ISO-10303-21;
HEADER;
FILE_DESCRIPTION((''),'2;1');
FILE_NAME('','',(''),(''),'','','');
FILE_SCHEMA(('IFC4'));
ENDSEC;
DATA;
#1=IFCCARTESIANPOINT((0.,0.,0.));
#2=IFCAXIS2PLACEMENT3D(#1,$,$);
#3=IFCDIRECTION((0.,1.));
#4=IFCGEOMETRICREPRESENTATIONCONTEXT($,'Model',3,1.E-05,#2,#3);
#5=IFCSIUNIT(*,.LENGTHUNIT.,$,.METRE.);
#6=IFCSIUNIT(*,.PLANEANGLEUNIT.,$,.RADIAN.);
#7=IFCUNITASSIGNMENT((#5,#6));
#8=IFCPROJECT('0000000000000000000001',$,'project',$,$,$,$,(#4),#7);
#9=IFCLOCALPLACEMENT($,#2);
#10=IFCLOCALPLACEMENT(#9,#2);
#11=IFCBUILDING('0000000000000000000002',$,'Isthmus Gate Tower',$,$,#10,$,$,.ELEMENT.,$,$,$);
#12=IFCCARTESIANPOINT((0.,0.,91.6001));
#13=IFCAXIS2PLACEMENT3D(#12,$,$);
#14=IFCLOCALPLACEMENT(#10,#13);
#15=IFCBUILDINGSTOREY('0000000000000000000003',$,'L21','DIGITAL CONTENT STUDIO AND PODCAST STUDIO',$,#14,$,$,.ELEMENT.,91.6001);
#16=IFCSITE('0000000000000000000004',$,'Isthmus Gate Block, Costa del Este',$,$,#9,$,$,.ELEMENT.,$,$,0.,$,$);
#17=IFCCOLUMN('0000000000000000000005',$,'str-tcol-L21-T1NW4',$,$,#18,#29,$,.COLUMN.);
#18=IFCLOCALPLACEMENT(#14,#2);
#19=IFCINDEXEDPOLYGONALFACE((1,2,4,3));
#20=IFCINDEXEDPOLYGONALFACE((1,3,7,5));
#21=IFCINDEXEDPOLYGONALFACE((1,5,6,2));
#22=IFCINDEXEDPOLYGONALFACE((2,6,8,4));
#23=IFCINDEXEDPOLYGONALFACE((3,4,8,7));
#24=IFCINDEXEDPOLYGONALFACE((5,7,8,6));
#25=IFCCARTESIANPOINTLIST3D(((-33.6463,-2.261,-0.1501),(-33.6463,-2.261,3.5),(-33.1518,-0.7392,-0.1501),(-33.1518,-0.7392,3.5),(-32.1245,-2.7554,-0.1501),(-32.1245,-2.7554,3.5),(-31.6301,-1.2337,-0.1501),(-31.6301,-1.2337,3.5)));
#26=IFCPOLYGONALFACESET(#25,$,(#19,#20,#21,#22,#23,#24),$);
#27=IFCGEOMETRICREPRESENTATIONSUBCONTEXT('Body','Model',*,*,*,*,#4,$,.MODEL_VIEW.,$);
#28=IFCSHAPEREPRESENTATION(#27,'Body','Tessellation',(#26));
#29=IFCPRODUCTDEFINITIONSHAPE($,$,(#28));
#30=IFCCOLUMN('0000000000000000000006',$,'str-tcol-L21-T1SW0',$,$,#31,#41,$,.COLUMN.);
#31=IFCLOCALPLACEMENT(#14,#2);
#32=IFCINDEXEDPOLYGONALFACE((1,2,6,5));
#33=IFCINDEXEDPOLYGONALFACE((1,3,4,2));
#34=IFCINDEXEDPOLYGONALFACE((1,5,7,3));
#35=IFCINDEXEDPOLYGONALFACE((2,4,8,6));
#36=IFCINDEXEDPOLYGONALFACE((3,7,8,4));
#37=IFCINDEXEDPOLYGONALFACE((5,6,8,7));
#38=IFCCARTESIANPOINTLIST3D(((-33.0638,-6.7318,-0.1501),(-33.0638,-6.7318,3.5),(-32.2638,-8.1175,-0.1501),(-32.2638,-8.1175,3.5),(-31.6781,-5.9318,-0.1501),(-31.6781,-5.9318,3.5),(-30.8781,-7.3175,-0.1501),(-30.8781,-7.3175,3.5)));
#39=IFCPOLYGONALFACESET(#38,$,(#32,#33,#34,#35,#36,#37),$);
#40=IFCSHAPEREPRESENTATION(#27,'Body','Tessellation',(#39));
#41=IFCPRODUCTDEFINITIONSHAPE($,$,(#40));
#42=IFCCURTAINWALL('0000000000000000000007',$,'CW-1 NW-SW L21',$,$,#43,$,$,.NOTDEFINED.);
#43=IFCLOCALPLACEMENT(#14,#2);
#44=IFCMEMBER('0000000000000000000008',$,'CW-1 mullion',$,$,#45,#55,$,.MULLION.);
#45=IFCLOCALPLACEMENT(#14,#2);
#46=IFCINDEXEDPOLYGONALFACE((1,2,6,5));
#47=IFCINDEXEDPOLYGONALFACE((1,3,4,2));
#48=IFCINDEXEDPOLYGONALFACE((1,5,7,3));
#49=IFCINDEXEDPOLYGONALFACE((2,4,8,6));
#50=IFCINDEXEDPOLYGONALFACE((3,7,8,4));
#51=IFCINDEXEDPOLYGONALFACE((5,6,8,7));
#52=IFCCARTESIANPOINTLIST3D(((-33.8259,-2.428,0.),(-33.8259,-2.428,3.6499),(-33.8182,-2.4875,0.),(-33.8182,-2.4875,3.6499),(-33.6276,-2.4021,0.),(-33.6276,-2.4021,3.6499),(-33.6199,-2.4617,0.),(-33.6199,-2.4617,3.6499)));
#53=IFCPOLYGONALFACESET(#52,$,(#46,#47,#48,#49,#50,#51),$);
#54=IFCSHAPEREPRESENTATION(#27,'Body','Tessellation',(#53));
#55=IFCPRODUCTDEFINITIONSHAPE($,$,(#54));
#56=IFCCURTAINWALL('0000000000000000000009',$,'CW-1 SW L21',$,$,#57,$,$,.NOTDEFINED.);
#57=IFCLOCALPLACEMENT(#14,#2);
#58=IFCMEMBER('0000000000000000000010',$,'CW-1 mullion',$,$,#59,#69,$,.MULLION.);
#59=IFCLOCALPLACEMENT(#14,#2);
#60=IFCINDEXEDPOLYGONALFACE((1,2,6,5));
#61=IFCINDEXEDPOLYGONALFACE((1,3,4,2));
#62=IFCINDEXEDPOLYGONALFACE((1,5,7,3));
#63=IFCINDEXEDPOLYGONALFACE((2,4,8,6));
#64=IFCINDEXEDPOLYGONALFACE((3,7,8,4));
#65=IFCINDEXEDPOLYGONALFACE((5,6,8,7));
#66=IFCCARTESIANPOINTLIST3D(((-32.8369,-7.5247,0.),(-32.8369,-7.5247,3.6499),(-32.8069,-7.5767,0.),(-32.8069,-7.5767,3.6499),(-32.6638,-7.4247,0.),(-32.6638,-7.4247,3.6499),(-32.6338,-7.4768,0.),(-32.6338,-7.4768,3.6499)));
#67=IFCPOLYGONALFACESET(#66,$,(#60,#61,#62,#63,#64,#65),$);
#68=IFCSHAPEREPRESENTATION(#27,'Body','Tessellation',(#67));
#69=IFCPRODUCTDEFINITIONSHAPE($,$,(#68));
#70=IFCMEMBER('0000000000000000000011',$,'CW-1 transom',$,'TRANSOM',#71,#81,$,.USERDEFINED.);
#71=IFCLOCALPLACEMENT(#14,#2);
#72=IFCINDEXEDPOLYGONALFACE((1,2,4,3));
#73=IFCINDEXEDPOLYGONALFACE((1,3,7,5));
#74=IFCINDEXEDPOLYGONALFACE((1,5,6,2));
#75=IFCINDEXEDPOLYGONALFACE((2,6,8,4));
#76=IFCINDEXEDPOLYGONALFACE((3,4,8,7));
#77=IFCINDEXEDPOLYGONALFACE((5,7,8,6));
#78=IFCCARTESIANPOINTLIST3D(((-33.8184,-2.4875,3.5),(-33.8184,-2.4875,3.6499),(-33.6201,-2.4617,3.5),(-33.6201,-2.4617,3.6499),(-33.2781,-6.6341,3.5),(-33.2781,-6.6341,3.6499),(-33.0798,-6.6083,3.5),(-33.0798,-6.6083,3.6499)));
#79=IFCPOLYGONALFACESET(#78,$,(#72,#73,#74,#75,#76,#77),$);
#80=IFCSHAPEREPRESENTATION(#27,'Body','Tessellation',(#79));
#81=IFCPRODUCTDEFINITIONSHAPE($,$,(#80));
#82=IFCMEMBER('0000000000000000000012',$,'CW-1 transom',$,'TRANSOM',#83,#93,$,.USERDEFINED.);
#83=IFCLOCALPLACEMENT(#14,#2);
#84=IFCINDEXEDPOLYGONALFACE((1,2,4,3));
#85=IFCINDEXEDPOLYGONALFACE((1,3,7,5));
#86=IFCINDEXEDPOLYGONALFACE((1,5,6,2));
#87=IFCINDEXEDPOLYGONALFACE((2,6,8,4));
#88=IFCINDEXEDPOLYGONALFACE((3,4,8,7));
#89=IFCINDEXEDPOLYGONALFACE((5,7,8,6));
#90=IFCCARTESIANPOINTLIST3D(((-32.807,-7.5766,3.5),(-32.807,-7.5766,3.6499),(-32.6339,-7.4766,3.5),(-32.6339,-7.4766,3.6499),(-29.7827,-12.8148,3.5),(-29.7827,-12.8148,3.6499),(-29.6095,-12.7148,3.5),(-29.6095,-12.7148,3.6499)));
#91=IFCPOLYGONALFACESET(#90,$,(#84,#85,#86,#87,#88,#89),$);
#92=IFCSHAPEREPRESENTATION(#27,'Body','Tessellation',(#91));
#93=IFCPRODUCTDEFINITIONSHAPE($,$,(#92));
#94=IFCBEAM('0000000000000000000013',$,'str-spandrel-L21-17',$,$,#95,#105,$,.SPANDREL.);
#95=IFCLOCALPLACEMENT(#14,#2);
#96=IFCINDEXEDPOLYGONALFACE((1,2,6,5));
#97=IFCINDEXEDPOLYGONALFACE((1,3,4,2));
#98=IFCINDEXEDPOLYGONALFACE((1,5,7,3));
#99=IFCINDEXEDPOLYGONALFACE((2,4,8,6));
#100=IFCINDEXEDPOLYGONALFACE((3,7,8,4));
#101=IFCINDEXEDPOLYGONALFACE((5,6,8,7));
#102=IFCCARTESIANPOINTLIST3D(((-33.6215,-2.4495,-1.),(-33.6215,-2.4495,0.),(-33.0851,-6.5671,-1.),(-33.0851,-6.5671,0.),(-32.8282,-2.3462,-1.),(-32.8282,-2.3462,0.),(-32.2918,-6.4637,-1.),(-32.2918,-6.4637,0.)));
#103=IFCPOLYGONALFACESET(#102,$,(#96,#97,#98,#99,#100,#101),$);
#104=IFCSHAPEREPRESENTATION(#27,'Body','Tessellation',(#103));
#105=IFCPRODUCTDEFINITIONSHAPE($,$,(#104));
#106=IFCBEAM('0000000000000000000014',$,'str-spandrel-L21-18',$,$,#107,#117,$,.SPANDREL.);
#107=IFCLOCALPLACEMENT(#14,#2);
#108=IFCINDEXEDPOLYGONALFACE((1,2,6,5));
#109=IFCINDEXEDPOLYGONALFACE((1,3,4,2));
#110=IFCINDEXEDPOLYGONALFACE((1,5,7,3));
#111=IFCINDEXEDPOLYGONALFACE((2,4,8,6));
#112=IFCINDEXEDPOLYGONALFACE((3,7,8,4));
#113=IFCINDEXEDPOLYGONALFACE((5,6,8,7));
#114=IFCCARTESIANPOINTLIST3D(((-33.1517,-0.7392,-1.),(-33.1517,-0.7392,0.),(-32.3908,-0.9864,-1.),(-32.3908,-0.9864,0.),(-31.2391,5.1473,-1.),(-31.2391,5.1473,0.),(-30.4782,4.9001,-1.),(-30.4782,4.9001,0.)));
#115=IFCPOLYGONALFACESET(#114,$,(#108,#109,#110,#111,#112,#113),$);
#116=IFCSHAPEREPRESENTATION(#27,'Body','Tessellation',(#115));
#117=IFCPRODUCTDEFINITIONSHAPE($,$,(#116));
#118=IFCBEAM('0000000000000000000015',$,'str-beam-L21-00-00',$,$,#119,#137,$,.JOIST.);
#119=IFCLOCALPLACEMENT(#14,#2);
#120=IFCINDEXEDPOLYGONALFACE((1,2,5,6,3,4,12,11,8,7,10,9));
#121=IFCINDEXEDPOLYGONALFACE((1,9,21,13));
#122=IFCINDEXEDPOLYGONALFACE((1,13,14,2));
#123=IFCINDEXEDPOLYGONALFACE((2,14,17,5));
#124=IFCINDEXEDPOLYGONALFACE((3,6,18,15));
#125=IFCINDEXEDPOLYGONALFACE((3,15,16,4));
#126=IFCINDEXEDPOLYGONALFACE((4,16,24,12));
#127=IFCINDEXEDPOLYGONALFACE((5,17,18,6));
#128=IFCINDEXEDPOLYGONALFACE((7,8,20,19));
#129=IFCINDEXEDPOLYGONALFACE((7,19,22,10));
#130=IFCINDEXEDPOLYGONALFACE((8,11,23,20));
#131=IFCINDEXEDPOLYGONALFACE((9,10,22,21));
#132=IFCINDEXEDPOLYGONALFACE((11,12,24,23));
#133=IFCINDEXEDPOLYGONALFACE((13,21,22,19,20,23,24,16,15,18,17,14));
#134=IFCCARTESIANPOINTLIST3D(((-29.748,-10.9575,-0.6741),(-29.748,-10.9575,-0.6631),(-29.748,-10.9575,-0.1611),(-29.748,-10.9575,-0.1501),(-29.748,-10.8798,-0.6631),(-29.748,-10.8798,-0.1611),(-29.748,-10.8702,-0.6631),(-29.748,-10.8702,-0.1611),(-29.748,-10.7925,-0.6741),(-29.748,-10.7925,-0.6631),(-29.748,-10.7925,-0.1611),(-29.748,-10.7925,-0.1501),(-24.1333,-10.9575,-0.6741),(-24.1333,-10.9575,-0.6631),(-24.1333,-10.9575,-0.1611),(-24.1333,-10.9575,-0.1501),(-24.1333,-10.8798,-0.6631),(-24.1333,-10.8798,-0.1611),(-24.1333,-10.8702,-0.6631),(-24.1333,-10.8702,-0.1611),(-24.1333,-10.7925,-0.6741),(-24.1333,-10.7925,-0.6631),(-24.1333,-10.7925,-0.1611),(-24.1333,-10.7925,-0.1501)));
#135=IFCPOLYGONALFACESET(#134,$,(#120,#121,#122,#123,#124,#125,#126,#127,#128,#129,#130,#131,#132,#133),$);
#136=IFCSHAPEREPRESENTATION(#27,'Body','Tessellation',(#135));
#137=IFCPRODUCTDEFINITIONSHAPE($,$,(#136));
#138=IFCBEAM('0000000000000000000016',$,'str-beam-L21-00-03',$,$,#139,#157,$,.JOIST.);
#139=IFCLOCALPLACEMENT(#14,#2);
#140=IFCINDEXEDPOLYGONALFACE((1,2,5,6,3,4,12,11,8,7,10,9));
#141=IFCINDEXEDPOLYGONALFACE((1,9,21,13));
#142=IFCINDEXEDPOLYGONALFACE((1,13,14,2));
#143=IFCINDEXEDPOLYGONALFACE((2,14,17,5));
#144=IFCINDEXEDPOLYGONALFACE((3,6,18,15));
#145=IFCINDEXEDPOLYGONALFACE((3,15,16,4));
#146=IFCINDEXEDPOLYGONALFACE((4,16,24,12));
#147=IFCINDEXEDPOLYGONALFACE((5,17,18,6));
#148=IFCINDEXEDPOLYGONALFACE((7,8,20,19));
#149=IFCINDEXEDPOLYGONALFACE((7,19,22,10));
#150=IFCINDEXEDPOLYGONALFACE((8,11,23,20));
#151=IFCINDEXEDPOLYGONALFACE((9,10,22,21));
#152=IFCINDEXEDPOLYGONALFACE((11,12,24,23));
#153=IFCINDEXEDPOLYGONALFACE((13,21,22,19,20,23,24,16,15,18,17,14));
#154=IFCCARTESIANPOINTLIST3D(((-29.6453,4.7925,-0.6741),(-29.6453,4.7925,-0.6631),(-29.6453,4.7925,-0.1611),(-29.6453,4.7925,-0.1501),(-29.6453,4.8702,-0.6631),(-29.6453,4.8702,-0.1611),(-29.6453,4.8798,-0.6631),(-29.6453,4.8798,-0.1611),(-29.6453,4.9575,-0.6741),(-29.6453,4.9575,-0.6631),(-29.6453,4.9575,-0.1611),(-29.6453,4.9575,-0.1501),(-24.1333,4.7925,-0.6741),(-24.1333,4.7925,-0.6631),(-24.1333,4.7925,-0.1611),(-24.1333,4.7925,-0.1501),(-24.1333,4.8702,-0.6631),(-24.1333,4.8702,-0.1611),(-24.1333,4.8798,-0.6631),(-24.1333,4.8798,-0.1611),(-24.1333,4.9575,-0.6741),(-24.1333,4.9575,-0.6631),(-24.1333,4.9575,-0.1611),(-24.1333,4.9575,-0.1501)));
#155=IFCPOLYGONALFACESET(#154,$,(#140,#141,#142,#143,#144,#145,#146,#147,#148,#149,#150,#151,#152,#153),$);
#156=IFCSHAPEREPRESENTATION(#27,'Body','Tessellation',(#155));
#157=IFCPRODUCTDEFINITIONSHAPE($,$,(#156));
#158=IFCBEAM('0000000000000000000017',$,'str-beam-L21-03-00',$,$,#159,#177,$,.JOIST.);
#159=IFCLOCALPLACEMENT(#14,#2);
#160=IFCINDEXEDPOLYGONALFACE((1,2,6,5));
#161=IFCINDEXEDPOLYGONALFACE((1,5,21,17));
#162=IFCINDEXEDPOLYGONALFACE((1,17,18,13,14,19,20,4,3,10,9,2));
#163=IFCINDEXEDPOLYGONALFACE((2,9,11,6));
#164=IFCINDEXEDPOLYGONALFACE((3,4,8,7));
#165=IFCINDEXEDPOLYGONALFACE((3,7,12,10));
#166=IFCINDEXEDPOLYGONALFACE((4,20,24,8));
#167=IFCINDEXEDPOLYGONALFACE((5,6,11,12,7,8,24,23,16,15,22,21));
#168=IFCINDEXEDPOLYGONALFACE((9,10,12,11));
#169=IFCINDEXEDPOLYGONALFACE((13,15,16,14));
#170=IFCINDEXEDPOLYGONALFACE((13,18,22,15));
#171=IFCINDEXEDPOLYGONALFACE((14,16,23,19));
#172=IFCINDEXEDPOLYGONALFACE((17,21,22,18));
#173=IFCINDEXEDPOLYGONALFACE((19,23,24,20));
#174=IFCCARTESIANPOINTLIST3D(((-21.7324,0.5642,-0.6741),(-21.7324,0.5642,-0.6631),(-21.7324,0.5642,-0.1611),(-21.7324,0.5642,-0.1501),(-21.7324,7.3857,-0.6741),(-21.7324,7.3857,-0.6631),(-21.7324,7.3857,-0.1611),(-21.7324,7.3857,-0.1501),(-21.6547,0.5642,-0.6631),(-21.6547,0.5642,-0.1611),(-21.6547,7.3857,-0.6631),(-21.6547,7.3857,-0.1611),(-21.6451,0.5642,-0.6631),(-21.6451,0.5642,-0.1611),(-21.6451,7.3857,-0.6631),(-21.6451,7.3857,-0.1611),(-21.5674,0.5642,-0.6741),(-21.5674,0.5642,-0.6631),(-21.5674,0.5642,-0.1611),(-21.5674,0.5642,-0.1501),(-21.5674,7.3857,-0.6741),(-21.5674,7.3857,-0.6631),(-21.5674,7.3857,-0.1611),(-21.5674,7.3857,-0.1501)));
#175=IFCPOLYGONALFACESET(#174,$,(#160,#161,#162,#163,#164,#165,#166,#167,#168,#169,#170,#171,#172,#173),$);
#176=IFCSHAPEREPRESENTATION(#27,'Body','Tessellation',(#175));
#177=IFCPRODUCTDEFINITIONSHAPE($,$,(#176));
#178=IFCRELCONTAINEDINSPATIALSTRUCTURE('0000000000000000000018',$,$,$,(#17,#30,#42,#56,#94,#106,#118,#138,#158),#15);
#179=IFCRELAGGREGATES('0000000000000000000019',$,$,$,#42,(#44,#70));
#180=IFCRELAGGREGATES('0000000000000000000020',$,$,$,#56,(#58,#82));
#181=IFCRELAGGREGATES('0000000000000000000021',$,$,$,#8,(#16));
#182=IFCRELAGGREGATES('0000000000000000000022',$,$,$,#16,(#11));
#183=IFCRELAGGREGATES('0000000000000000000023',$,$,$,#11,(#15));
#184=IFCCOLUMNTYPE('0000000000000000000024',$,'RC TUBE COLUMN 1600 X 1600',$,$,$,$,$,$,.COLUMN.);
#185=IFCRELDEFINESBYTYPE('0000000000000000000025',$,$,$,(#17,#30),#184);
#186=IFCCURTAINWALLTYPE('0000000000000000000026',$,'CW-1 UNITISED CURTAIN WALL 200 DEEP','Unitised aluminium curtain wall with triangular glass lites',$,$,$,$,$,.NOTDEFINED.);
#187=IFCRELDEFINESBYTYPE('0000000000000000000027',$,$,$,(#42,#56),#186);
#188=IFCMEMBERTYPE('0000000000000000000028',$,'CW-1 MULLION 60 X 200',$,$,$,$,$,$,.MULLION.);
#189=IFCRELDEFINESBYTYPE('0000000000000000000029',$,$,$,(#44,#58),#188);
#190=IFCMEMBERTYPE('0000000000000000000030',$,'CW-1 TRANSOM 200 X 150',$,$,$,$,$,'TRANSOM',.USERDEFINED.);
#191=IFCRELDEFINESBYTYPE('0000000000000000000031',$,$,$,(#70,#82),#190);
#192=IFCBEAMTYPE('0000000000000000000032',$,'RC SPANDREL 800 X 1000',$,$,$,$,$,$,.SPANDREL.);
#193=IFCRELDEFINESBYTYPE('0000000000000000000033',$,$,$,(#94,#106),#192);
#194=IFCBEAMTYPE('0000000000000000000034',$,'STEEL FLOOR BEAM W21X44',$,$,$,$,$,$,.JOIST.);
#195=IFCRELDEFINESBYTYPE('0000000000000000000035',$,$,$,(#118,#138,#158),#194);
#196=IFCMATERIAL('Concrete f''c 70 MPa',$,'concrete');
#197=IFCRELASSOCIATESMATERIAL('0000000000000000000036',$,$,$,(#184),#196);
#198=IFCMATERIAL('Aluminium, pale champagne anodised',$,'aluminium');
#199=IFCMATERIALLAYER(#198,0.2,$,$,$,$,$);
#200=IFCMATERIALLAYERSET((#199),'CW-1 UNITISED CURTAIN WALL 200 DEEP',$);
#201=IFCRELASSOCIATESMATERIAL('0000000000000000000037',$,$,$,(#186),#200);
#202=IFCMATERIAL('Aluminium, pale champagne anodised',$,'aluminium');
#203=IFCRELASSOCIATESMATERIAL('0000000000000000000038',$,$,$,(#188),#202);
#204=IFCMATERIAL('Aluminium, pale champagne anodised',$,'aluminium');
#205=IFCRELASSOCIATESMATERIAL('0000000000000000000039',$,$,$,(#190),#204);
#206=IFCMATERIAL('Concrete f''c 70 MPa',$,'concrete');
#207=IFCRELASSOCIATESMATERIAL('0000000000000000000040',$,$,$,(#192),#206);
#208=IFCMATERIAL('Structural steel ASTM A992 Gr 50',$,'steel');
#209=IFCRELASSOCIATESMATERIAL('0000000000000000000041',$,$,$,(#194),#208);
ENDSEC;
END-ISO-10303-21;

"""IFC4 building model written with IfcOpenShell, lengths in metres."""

from ifc_helpers import new_model, si_unit, direction, frame, origin, origin_2d, place, context, subcontext, project, spatial, rectangle, i_section, extrude, material, layer, layer_set, material_profile, profile_set, type_object, element, aggregate, save


model = new_model("IFC4")

# Units and contexts
model_context = context("Model", 3, precision=1e-05, world=origin(), true_north=direction((0.0, 1.0)))
body_context = subcontext(model_context, "Body", "Model", "MODEL_VIEW")
ifc_project = project(units=[si_unit("LENGTHUNIT", "METRE"), si_unit("PLANEANGLEUNIT", "RADIAN")], contexts=[model_context])

# Site, building, storey
site_placement = place(None, origin())
site = spatial("IfcSite", under=ifc_project, at=site_placement, Name="Isthmus Gate Block, Costa del Este", CompositionType="ELEMENT", RefElevation=0.0)
building_placement = place(site_placement, origin())
building = spatial("IfcBuilding", under=site, at=building_placement, Name="Isthmus Gate Tower", CompositionType="ELEMENT")
storey_placement = place(building_placement, frame((0.0, 0.0, 91.6001)))
storey = spatial("IfcBuildingStorey", under=building, at=storey_placement, Name="L21", Description="DIGITAL CONTENT STUDIO AND PODCAST STUDIO", CompositionType="ELEMENT", Elevation=91.6001)

# Columns
ifc_material_1 = material(Name="Concrete f'c 70 MPa", Category="concrete")
ifc_material_profile_1 = material_profile(ifc_material_1, rectangle(XDim=1.6001, YDim=1.6001, at=origin_2d()), Name="RC 1600X1600")
ifc_profile_set_1 = profile_set([ifc_material_profile_1], Name="Concrete f'c 70 MPa")
column_type = type_object("IfcColumnType", Name="RC TUBE COLUMN 1600 X 1600", PredefinedType="COLUMN", material=ifc_profile_set_1)
for number, where, z_axis, x_axis, name in (
    (1, (-32.6382, -1.7473, -0.1501), (0.0, 0.0, 1.0), (-0.309017, -0.951057, 0.0), "str-tcol-L21-T1NW4"),
    (2, (-31.9709, -7.0247, -0.1501), (0.0, 0.0, 1.0), (0.5, -0.866025, 0.0), "str-tcol-L21-T1SW0"),
):
    element("IfcColumn", number, at=place(storey_placement, frame(where, z_axis=z_axis, x_axis=x_axis)), inside=storey, type_object=column_type, Name=name, PredefinedType="COLUMN", context=body_context, shape_type="SweptSolid", body=[
        extrude(rectangle(XDim=1.6001, YDim=1.6001, at=origin_2d()), origin(), (0.0, 0.0, 1.0), 3.6501),
    ])

# Curtain walls, members
ifc_material_2 = material(Name="Aluminium, pale champagne anodised", Category="aluminium")
ifc_layer_1 = layer(ifc_material_2, 0.2)
ifc_layer_set_1 = layer_set([ifc_layer_1], Name="CW-1 UNITISED CURTAIN WALL 200 DEEP")
curtain_wall_type = type_object("IfcCurtainWallType", Name="CW-1 UNITISED CURTAIN WALL 200 DEEP", Description="Unitised aluminium curtain wall with triangular glass lites", PredefinedType="NOTDEFINED", material=ifc_layer_set_1)
curtain_wall_1_placement = place(storey_placement, origin())
curtain_wall_1 = element("IfcCurtainWall", 3, at=curtain_wall_1_placement, inside=storey, type_object=curtain_wall_type, Name="CW-1 NW-SW L21", PredefinedType="NOTDEFINED")
ifc_material_3 = material(Name="Aluminium, pale champagne anodised", Category="aluminium")
ifc_material_profile_2 = material_profile(ifc_material_3, rectangle(XDim=0.0601, YDim=0.2, at=origin_2d()), Name="60x200")
ifc_profile_set_2 = profile_set([ifc_material_profile_2], Name="Aluminium, pale champagne anodised")
member_type_1 = type_object("IfcMemberType", Name="CW-1 MULLION 60 X 200", PredefinedType="MULLION", material=ifc_profile_set_2)
member_1_placement = place(storey_placement, frame((-33.7229, -2.4448, 0.0), z_axis=(0.0, 0.0, 1.0), x_axis=(0.129165, -0.991623, 0.0)))
member_1 = element("IfcMember", 4, at=member_1_placement, type_object=member_type_1, Name="CW-1 mullion", PredefinedType="MULLION", context=body_context, shape_type="SweptSolid", body=[
    extrude(rectangle(XDim=0.0601, YDim=0.2, at=origin_2d()), origin(), (0.0, 0.0, 1.0), 3.6499),
])
curtain_wall_2_placement = place(storey_placement, origin())
curtain_wall_2 = element("IfcCurtainWall", 5, at=curtain_wall_2_placement, inside=storey, type_object=curtain_wall_type, Name="CW-1 SW L21", PredefinedType="NOTDEFINED")
member_2_placement = place(storey_placement, frame((-32.7354, -7.5007, 0.0), z_axis=(0.0, 0.0, 1.0), x_axis=(0.5, -0.866025, 0.0)))
member_2 = element("IfcMember", 6, at=member_2_placement, type_object=member_type_1, Name="CW-1 mullion", PredefinedType="MULLION", context=body_context, shape_type="SweptSolid", body=[
    extrude(rectangle(XDim=0.0601, YDim=0.2, at=origin_2d()), origin(), (0.0, 0.0, 1.0), 3.6499),
])

# Members
ifc_material_4 = material(Name="Aluminium, pale champagne anodised", Category="aluminium")
ifc_material_profile_3 = material_profile(ifc_material_4, rectangle(XDim=0.2, YDim=0.1499, at=origin_2d()), Name="200x150")
ifc_profile_set_3 = profile_set([ifc_material_profile_3], Name="Aluminium, pale champagne anodised")
member_type_2 = type_object("IfcMemberType", Name="CW-1 TRANSOM 200 X 150", ElementType="TRANSOM", PredefinedType="USERDEFINED", material=ifc_profile_set_3)
member_3_placement = place(storey_placement, frame((-33.7192, -2.4746, 3.575), z_axis=(0.129207, -0.991618, 0.0), x_axis=(0.991618, 0.129207, 0.0)))
member_3 = element("IfcMember", 7, at=member_3_placement, type_object=member_type_2, Name="CW-1 transom", ObjectType="TRANSOM", PredefinedType="USERDEFINED", context=body_context, shape_type="SweptSolid", body=[
    extrude(rectangle(XDim=0.2, YDim=0.1499, at=origin_2d()), origin(), (0.0, 0.0, 1.0), 4.1816),
])
member_4_placement = place(storey_placement, frame((-32.7205, -7.5266, 3.575), z_axis=(0.500011, -0.866019, 0.0), x_axis=(0.866019, 0.500011, 0.0)))
member_4 = element("IfcMember", 8, at=member_4_placement, type_object=member_type_2, Name="CW-1 transom", ObjectType="TRANSOM", PredefinedType="USERDEFINED", context=body_context, shape_type="SweptSolid", body=[
    extrude(rectangle(XDim=0.2, YDim=0.1499, at=origin_2d()), origin(), (0.0, 0.0, 1.0), 6.0486),
])

# Beams
ifc_material_5 = material(Name="Concrete f'c 70 MPa", Category="concrete")
ifc_material_profile_4 = material_profile(ifc_material_5, rectangle(XDim=0.8, YDim=1.0, at=origin_2d()), Name="RC 800X1000")
ifc_profile_set_4 = profile_set([ifc_material_profile_4], Name="Concrete f'c 70 MPa")
beam_type_1 = type_object("IfcBeamType", Name="RC SPANDREL 800 X 1000", PredefinedType="SPANDREL", material=ifc_profile_set_4)
beam_1_placement = place(storey_placement, frame((-32.6885, -6.5154, -0.5), z_axis=(-0.129171, 0.991622, 0.0), x_axis=(-0.991622, -0.129171, 0.0)))
element("IfcBeam", 9, at=beam_1_placement, inside=storey, type_object=beam_type_1, Name="str-spandrel-L21-17", PredefinedType="SPANDREL", context=body_context, shape_type="SweptSolid", body=[
    extrude(rectangle(XDim=0.8, YDim=1.0, at=origin_2d()), origin(), (0.0, 0.0, 1.0), 4.1523),
])
beam_2_placement = place(storey_placement, frame((-32.7712, -0.8628, -0.5), z_axis=(0.309012, 0.951058, 0.0), x_axis=(-0.951058, 0.309012, 0.0)))
element("IfcBeam", 10, at=beam_2_placement, inside=storey, type_object=beam_type_1, Name="str-spandrel-L21-18", PredefinedType="SPANDREL", context=body_context, shape_type="SweptSolid", body=[
    extrude(rectangle(XDim=0.8, YDim=1.0, at=origin_2d()), origin(), (0.0, 0.0, 1.0), 6.1895),
])
ifc_material_6 = material(Name="Structural steel ASTM A992 Gr 50", Category="steel")
ifc_material_profile_5 = material_profile(ifc_material_6, i_section(OverallWidth=0.165, OverallDepth=0.5239, WebThickness=0.0095, FlangeThickness=0.011, at=origin_2d()), Name="W21X44")
ifc_profile_set_5 = profile_set([ifc_material_profile_5], Name="Structural steel ASTM A992 Gr 50")
beam_type_2 = type_object("IfcBeamType", Name="STEEL FLOOR BEAM W21X44", PredefinedType="JOIST", material=ifc_profile_set_5)
beam_3_placement = place(storey_placement, frame((-29.748, -10.875, -0.4121), z_axis=(1.0, 0.0, 0.0), x_axis=(0.0, 1.0, 0.0)))
element("IfcBeam", 11, at=beam_3_placement, inside=storey, type_object=beam_type_2, Name="str-beam-L21-00-00", PredefinedType="JOIST", context=body_context, shape_type="SweptSolid", body=[
    extrude(i_section(OverallWidth=0.165, OverallDepth=0.5239, WebThickness=0.0095, FlangeThickness=0.011, at=origin_2d()), origin(), (0.0, 0.0, 1.0), 5.6147),
])
beam_4_placement = place(storey_placement, frame((-29.6453, 4.875, -0.4121), z_axis=(1.0, 0.0, 0.0), x_axis=(0.0, 1.0, 0.0)))
element("IfcBeam", 12, at=beam_4_placement, inside=storey, type_object=beam_type_2, Name="str-beam-L21-00-03", PredefinedType="JOIST", context=body_context, shape_type="SweptSolid", body=[
    extrude(i_section(OverallWidth=0.165, OverallDepth=0.5239, WebThickness=0.0095, FlangeThickness=0.011, at=origin_2d()), origin(), (0.0, 0.0, 1.0), 5.512),
])
for number, where, z_axis, x_axis, name in (
    (13, (-21.6499, 0.5642, -0.4121), (0.0, 1.0, 0.0), (-1.0, 0.0, 0.0), "str-beam-L21-03-00"),
):
    element("IfcBeam", number, at=place(storey_placement, frame(where, z_axis=z_axis, x_axis=x_axis)), inside=storey, type_object=beam_type_2, Name=name, PredefinedType="JOIST", context=body_context, shape_type="SweptSolid", body=[
        extrude(i_section(OverallWidth=0.165, OverallDepth=0.5239, WebThickness=0.0095, FlangeThickness=0.011, at=origin_2d()), origin(), (0.0, 0.0, 1.0), 6.8215),
    ])

aggregate(curtain_wall_1, [member_1, member_3])
aggregate(curtain_wall_2, [member_2, member_4])

save(model, "model.ifc")
